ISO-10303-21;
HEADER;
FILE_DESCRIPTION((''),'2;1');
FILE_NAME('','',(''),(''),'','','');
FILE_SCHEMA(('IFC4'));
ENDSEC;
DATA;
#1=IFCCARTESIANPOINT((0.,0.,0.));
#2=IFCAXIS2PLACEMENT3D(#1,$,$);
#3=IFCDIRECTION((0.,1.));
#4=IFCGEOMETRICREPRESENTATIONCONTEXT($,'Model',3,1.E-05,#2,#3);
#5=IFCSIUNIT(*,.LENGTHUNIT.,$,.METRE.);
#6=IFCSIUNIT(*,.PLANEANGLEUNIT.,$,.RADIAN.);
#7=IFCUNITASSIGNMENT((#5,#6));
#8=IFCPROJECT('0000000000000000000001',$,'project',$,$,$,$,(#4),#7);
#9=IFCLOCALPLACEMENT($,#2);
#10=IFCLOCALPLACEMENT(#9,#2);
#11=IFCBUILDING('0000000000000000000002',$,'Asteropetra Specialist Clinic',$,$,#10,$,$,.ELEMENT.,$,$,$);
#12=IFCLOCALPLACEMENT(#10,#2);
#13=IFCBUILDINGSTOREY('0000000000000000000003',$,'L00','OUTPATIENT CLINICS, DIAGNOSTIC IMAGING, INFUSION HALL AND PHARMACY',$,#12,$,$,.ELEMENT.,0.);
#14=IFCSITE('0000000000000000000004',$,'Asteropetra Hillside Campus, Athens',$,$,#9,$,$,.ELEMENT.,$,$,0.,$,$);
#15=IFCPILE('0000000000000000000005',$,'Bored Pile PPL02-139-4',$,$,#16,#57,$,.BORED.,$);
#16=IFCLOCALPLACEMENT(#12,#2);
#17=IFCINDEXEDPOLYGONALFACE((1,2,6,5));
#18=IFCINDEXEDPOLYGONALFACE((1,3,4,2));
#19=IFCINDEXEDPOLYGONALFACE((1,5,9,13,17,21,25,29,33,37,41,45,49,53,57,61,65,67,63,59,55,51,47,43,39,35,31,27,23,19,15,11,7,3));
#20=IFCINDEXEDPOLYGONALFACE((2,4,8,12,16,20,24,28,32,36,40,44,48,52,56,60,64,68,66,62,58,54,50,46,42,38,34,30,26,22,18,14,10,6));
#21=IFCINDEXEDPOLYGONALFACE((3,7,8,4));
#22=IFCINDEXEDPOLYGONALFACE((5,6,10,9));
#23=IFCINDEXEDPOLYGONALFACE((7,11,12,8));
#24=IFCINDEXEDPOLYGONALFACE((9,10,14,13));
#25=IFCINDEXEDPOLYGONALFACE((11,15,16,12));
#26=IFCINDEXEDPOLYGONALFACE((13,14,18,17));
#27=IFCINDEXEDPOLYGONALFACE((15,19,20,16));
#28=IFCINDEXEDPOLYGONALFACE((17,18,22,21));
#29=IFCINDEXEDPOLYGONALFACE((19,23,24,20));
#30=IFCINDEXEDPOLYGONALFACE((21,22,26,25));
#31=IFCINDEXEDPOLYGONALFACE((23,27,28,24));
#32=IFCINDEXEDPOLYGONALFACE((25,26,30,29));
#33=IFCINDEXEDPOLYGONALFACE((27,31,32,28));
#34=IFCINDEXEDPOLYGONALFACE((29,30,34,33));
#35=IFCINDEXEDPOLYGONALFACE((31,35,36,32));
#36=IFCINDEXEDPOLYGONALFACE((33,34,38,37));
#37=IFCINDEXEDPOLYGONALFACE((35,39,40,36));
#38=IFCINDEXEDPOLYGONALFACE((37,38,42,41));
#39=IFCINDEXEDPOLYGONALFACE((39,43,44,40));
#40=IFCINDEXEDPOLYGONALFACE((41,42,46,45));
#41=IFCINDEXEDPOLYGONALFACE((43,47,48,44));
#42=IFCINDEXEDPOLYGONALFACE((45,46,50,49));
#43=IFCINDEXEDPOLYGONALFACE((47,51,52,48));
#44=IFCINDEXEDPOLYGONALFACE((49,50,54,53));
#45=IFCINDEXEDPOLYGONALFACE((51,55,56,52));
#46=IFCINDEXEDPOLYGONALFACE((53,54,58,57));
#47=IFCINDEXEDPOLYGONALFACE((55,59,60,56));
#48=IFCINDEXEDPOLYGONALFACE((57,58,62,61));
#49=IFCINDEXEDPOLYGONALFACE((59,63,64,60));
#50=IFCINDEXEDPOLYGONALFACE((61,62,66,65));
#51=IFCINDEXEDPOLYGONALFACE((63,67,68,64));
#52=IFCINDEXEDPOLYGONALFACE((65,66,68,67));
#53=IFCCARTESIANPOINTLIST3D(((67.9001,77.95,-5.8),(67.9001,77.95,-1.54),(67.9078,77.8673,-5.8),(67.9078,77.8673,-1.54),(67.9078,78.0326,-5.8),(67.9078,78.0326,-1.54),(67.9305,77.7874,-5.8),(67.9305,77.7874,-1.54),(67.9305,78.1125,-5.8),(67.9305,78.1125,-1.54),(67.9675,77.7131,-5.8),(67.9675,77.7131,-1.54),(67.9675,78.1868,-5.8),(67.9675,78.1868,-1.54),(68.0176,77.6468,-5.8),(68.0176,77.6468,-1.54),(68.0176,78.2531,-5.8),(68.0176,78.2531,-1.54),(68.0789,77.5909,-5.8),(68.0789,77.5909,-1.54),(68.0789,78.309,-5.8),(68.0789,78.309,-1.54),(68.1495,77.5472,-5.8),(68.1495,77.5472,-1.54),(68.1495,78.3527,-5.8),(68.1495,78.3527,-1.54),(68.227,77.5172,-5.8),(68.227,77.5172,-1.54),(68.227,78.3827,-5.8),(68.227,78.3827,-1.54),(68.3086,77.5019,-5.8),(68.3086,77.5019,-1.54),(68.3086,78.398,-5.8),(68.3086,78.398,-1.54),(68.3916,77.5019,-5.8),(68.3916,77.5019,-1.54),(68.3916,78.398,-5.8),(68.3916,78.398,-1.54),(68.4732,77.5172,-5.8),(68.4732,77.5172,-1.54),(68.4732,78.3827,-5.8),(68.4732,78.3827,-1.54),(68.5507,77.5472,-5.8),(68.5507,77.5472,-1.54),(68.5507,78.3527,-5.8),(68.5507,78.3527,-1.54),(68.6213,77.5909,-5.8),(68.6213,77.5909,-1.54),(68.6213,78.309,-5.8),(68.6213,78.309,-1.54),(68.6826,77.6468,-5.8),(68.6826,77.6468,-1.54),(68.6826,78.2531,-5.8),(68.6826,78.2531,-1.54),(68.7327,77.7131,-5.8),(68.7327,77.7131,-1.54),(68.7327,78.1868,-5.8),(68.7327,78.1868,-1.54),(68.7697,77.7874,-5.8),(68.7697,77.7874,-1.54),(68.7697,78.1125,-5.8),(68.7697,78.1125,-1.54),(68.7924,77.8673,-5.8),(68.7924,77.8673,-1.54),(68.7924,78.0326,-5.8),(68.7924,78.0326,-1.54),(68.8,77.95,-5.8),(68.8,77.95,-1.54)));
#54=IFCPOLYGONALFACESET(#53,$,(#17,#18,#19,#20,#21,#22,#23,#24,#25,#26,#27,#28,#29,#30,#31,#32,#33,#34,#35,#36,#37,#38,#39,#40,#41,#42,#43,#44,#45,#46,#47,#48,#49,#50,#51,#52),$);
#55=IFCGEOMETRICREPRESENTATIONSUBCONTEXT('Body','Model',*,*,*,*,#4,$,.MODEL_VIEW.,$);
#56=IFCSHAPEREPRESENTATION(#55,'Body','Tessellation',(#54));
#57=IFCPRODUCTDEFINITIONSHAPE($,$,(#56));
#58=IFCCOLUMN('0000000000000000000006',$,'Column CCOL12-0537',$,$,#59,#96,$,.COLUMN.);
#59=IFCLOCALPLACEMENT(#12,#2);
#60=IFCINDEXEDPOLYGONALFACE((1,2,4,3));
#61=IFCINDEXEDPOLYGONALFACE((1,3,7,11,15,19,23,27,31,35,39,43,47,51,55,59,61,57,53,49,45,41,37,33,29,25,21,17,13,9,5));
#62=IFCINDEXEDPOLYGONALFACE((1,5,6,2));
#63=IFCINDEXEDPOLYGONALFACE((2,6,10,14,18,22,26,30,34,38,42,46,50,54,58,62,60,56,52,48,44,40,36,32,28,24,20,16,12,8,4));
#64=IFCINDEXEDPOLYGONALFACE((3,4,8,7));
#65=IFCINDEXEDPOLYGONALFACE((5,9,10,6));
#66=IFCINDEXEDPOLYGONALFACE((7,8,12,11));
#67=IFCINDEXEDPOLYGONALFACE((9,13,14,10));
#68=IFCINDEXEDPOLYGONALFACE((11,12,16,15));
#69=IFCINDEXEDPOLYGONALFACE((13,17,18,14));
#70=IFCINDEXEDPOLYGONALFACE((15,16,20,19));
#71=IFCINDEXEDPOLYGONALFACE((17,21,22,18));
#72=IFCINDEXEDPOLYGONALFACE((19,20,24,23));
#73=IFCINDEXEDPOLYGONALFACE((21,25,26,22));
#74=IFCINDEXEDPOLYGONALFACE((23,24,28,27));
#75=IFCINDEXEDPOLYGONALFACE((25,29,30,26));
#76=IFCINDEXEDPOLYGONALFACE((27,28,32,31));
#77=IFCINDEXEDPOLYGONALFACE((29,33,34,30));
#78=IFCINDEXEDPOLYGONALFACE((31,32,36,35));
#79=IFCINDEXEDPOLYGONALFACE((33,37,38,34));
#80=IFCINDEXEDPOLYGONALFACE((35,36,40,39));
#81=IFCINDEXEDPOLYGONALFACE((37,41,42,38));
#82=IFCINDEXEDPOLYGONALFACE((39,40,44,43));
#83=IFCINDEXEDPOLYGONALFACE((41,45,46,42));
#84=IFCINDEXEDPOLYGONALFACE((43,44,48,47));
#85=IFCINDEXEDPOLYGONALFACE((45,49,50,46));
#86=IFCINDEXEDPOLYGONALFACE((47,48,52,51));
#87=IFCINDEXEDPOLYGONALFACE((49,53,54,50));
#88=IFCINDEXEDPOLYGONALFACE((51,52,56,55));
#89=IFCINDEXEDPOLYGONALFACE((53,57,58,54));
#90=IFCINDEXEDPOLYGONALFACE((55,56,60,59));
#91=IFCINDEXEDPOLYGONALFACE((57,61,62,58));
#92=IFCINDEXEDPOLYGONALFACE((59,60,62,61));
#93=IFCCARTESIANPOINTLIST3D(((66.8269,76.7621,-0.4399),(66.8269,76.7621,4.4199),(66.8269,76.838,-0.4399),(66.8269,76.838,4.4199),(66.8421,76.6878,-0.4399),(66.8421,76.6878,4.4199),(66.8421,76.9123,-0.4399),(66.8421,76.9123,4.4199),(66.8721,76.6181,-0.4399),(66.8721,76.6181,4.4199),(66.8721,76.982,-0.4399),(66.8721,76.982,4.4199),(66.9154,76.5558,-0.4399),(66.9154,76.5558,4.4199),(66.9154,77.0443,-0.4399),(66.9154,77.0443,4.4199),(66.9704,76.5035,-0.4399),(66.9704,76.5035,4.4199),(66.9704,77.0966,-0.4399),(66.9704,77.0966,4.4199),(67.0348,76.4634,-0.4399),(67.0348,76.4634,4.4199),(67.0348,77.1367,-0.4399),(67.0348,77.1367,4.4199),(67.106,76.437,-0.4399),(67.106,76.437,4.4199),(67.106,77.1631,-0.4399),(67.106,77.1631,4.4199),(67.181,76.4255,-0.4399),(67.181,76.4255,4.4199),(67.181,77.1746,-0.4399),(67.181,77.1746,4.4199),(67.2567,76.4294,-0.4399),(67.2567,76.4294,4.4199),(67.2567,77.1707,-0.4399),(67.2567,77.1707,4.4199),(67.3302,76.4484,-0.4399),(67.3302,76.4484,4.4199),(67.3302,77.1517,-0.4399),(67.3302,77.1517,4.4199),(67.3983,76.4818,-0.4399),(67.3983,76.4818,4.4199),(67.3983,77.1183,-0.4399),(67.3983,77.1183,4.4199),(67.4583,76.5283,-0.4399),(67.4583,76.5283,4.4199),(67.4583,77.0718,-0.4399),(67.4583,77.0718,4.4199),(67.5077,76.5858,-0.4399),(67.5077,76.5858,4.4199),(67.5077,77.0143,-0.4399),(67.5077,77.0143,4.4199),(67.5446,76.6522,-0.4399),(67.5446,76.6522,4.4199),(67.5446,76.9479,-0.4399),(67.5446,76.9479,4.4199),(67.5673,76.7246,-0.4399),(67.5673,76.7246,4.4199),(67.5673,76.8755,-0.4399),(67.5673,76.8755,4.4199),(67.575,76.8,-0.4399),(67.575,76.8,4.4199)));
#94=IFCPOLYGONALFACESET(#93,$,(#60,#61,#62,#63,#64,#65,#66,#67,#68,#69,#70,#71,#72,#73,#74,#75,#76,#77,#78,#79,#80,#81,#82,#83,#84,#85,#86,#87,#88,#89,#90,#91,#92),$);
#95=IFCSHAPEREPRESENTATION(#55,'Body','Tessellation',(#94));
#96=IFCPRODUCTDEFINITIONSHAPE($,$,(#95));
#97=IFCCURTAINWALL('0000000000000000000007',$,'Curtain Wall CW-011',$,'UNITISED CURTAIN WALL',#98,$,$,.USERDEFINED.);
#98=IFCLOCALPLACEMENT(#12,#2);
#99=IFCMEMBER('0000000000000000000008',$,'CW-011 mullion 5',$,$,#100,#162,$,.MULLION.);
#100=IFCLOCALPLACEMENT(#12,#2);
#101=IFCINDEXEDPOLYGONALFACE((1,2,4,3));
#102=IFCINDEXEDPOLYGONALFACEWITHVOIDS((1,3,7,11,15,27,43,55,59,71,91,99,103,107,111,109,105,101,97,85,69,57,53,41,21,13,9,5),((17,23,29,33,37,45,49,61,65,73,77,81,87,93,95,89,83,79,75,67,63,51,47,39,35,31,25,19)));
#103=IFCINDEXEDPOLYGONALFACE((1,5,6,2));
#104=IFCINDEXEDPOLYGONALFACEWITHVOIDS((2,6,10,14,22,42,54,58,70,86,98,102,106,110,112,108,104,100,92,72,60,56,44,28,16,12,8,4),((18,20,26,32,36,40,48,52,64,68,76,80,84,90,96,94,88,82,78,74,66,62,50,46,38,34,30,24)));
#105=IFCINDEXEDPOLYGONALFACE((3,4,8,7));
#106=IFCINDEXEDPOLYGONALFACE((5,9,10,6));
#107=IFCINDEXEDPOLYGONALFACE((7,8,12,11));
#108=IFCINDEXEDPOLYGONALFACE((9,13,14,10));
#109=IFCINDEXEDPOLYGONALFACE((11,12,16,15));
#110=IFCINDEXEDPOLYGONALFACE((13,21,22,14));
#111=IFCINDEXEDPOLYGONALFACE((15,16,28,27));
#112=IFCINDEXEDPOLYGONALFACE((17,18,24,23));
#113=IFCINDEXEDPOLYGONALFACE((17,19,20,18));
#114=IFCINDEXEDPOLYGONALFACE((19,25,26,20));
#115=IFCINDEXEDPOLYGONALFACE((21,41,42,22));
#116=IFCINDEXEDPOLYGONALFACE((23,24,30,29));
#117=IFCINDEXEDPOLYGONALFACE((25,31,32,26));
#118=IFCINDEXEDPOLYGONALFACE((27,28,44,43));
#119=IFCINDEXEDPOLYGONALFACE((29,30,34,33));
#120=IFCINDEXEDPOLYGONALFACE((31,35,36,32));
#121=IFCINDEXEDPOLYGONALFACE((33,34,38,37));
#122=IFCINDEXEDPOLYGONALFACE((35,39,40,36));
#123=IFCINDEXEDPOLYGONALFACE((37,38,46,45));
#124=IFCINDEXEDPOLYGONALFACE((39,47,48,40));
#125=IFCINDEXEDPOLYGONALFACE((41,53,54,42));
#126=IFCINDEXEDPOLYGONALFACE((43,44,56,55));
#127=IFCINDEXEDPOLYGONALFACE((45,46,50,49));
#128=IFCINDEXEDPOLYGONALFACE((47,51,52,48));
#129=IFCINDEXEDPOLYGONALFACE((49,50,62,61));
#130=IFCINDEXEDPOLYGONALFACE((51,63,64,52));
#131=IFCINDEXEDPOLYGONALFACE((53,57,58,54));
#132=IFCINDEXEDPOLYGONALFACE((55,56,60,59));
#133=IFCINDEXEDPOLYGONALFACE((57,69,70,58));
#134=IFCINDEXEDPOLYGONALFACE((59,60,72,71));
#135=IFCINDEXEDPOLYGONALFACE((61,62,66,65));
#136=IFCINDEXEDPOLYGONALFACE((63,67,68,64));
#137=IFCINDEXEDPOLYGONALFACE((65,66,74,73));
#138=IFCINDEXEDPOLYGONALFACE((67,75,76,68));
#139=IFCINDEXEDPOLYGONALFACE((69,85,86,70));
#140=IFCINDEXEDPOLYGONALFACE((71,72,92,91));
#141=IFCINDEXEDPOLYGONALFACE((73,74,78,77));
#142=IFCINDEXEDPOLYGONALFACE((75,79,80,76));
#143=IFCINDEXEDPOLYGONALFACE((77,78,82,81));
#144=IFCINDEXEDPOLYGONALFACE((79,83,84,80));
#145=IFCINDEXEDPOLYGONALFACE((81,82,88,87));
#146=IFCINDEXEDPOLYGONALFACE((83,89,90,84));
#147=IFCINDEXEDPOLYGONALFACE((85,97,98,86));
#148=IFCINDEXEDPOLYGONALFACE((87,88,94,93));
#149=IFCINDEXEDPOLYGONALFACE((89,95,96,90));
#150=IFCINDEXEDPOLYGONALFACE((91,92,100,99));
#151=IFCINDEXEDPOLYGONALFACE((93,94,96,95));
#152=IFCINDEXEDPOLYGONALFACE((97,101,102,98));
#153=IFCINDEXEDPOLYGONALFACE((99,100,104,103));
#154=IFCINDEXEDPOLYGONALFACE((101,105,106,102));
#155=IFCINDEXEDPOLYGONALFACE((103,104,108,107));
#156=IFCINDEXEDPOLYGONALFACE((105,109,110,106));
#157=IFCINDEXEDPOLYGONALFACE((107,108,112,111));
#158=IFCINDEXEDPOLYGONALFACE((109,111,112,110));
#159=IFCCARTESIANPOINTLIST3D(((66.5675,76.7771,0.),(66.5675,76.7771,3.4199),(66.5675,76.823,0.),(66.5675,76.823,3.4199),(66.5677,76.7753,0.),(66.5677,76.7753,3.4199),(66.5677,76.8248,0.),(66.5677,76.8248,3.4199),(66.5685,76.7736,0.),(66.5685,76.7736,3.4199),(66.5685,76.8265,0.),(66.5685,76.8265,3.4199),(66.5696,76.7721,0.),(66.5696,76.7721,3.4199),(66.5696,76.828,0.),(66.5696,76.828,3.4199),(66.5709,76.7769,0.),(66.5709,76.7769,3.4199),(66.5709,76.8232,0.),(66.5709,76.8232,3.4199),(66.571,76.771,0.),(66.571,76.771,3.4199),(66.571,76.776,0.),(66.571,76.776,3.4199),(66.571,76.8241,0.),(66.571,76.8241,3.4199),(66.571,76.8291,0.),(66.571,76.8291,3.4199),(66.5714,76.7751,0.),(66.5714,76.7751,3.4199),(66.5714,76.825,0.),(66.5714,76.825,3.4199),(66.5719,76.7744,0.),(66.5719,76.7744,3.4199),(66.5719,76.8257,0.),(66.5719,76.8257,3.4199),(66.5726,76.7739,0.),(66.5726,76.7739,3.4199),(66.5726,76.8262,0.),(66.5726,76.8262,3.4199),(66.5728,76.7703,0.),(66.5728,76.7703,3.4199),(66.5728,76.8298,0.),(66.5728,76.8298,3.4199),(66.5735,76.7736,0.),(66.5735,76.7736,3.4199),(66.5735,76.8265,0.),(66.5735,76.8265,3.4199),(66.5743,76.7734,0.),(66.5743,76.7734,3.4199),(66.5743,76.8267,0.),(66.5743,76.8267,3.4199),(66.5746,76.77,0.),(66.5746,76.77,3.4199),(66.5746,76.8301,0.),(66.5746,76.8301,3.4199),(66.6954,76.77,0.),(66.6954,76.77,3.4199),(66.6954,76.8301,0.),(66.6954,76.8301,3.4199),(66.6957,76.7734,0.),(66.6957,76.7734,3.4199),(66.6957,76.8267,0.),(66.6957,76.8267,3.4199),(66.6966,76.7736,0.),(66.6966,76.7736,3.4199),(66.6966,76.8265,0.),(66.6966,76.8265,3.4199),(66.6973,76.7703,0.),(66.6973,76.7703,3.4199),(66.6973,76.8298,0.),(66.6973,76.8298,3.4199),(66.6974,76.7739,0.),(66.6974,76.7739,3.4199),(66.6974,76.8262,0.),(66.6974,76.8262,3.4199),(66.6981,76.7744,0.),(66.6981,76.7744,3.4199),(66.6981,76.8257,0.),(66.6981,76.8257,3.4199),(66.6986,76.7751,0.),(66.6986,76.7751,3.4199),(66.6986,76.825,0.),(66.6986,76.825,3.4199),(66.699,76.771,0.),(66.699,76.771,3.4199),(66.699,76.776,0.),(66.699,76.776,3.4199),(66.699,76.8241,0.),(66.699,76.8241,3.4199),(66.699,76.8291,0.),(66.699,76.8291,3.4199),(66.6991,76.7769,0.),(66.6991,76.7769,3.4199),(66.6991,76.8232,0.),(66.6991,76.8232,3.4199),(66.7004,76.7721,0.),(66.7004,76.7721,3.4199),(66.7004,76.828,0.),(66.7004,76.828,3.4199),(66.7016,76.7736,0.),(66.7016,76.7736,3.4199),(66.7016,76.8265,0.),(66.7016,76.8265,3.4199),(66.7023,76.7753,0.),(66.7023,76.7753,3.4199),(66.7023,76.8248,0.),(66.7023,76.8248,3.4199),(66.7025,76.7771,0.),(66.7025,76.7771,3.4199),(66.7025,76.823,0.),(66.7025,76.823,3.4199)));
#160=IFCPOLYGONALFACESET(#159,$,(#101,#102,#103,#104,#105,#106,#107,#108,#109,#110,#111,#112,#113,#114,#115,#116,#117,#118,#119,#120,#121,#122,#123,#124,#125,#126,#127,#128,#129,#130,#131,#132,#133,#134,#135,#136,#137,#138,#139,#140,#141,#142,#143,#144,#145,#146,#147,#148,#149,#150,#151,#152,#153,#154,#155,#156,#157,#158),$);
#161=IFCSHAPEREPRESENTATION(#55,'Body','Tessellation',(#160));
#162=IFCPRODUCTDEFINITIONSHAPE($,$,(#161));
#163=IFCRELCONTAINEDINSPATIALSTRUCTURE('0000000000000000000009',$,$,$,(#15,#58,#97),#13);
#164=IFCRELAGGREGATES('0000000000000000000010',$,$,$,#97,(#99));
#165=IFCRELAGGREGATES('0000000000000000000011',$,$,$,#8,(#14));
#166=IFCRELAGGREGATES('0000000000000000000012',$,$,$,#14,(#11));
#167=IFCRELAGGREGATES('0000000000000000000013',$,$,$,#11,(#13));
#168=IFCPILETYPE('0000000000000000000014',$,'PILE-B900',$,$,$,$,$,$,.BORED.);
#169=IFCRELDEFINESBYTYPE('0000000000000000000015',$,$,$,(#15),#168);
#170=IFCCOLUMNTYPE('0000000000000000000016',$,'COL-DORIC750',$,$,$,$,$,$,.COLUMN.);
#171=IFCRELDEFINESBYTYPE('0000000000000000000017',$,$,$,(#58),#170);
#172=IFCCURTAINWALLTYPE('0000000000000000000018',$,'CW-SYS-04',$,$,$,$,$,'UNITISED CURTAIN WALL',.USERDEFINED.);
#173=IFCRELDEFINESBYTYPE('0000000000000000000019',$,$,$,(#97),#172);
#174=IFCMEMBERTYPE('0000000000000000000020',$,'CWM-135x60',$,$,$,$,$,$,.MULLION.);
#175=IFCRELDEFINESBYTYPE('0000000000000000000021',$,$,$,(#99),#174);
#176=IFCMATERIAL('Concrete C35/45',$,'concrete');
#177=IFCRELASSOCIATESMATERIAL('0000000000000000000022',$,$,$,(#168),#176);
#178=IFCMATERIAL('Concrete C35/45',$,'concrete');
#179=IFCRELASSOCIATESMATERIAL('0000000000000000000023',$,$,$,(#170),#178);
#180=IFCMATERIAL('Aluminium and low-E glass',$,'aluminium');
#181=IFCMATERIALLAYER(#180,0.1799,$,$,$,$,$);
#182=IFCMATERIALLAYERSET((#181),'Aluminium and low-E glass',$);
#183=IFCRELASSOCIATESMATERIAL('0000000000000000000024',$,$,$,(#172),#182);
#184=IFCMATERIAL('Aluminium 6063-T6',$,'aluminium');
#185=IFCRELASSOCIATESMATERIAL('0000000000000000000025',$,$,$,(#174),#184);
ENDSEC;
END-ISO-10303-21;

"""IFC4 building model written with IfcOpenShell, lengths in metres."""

from ifc_helpers import new_model, si_unit, direction, frame, origin, origin_2d, place, context, subcontext, project, spatial, hollow_rectangle, circle, extrude, material, layer, layer_set, material_profile, profile_set, type_object, element, aggregate, save


model = new_model("IFC4")

# Units and contexts
model_context = context("Model", 3, precision=1e-05, world=origin(), true_north=direction((0.0, 1.0)))
body_context = subcontext(model_context, "Body", "Model", "MODEL_VIEW")
ifc_project = project(units=[si_unit("LENGTHUNIT", "METRE"), si_unit("PLANEANGLEUNIT", "RADIAN")], contexts=[model_context])

# Site, building, storey
site_placement = place(None, origin())
site = spatial("IfcSite", under=ifc_project, at=site_placement, Name="Asteropetra Hillside Campus, Athens", CompositionType="ELEMENT", RefElevation=0.0)
building_placement = place(site_placement, origin())
building = spatial("IfcBuilding", under=site, at=building_placement, Name="Asteropetra Specialist Clinic", CompositionType="ELEMENT")
storey_placement = place(building_placement, origin())
storey = spatial("IfcBuildingStorey", under=building, at=storey_placement, Name="L00", Description="OUTPATIENT CLINICS, DIAGNOSTIC IMAGING, INFUSION HALL AND PHARMACY", CompositionType="ELEMENT", Elevation=0.0)

# Pile
ifc_material_1 = material(Name="Concrete C35/45", Category="concrete")
ifc_material_profile_1 = material_profile(ifc_material_1, circle(Radius=0.45, at=origin_2d()), Name="PILE D900")
ifc_profile_set_1 = profile_set([ifc_material_profile_1], Name="Concrete C35/45")
pile_type = type_object("IfcPileType", Name="PILE-B900", PredefinedType="BORED", material=ifc_profile_set_1)
for number, where, z_axis, x_axis, name in (
    (1, (68.3501, 77.95, -1.54), (0.0, 0.0, -1.0), (1.0, 0.0, 0.0), "Bored Pile PPL02-139-4"),
):
    element("IfcPile", number, at=place(storey_placement, frame(where, z_axis=z_axis, x_axis=x_axis)), inside=storey, type_object=pile_type, Name=name, PredefinedType="BORED", context=body_context, shape_type="SweptSolid", body=[
        extrude(circle(Radius=0.45, at=origin_2d()), origin(), (0.0, 0.0, 1.0), 4.26),
    ])

# Column
ifc_material_2 = material(Name="Concrete C35/45", Category="concrete")
ifc_material_profile_2 = material_profile(ifc_material_2, circle(Radius=0.375, at=origin_2d()), Name="RCC D750")
ifc_profile_set_2 = profile_set([ifc_material_profile_2], Name="Concrete C35/45")
column_type = type_object("IfcColumnType", Name="COL-DORIC750", PredefinedType="COLUMN", material=ifc_profile_set_2)
column_placement = place(storey_placement, frame((67.2, 76.8, -0.4399), z_axis=(0.0, 0.0, 1.0), x_axis=(1.0, 0.0, 0.0)))
element("IfcColumn", 2, at=column_placement, inside=storey, type_object=column_type, Name="Column CCOL12-0537", PredefinedType="COLUMN", context=body_context, shape_type="SweptSolid", body=[
    extrude(circle(Radius=0.375, at=origin_2d()), origin(), (0.0, 0.0, 1.0), 4.8599),
])

# Curtain wall, member
ifc_material_3 = material(Name="Aluminium and low-E glass", Category="aluminium")
ifc_layer_1 = layer(ifc_material_3, 0.1799)
ifc_layer_set_1 = layer_set([ifc_layer_1], Name="Aluminium and low-E glass")
curtain_wall_type_1 = type_object("IfcCurtainWallType", Name="CW-SYS-04", ElementType="UNITISED CURTAIN WALL", PredefinedType="USERDEFINED", material=ifc_layer_set_1)
curtain_wall_1_placement = place(storey_placement, origin())
curtain_wall_1 = element("IfcCurtainWall", 3, at=curtain_wall_1_placement, inside=storey, type_object=curtain_wall_type_1, Name="Curtain Wall CW-011", ObjectType="UNITISED CURTAIN WALL", PredefinedType="USERDEFINED")
ifc_material_4 = material(Name="Aluminium 6063-T6", Category="aluminium")
ifc_material_profile_3 = material_profile(ifc_material_4, hollow_rectangle(XDim=0.0601, YDim=0.135, WallThickness=0.0034, InnerFilletRadius=0.0034, OuterFilletRadius=0.0071, at=origin_2d()), Name="MUL 135x60x3.5")
ifc_profile_set_3 = profile_set([ifc_material_profile_3], Name="Aluminium 6063-T6")
member_type_1 = type_object("IfcMemberType", Name="CWM-135x60", PredefinedType="MULLION", material=ifc_profile_set_3)
member_1_placement = place(storey_placement, frame((66.635, 76.8, 0.0), z_axis=(0.0, 0.0, 1.0), x_axis=(0.0, 1.0, 0.0)))
member_1 = element("IfcMember", 4, at=member_1_placement, type_object=member_type_1, Name="CW-011 mullion 5", PredefinedType="MULLION", context=body_context, shape_type="SweptSolid", body=[
    extrude(hollow_rectangle(XDim=0.0601, YDim=0.135, WallThickness=0.0034, InnerFilletRadius=0.0034, OuterFilletRadius=0.0071, at=origin_2d()), origin(), (0.0, 0.0, 1.0), 3.4199),
])

aggregate(curtain_wall_1, [member_1])

save(model, "model.ifc")
